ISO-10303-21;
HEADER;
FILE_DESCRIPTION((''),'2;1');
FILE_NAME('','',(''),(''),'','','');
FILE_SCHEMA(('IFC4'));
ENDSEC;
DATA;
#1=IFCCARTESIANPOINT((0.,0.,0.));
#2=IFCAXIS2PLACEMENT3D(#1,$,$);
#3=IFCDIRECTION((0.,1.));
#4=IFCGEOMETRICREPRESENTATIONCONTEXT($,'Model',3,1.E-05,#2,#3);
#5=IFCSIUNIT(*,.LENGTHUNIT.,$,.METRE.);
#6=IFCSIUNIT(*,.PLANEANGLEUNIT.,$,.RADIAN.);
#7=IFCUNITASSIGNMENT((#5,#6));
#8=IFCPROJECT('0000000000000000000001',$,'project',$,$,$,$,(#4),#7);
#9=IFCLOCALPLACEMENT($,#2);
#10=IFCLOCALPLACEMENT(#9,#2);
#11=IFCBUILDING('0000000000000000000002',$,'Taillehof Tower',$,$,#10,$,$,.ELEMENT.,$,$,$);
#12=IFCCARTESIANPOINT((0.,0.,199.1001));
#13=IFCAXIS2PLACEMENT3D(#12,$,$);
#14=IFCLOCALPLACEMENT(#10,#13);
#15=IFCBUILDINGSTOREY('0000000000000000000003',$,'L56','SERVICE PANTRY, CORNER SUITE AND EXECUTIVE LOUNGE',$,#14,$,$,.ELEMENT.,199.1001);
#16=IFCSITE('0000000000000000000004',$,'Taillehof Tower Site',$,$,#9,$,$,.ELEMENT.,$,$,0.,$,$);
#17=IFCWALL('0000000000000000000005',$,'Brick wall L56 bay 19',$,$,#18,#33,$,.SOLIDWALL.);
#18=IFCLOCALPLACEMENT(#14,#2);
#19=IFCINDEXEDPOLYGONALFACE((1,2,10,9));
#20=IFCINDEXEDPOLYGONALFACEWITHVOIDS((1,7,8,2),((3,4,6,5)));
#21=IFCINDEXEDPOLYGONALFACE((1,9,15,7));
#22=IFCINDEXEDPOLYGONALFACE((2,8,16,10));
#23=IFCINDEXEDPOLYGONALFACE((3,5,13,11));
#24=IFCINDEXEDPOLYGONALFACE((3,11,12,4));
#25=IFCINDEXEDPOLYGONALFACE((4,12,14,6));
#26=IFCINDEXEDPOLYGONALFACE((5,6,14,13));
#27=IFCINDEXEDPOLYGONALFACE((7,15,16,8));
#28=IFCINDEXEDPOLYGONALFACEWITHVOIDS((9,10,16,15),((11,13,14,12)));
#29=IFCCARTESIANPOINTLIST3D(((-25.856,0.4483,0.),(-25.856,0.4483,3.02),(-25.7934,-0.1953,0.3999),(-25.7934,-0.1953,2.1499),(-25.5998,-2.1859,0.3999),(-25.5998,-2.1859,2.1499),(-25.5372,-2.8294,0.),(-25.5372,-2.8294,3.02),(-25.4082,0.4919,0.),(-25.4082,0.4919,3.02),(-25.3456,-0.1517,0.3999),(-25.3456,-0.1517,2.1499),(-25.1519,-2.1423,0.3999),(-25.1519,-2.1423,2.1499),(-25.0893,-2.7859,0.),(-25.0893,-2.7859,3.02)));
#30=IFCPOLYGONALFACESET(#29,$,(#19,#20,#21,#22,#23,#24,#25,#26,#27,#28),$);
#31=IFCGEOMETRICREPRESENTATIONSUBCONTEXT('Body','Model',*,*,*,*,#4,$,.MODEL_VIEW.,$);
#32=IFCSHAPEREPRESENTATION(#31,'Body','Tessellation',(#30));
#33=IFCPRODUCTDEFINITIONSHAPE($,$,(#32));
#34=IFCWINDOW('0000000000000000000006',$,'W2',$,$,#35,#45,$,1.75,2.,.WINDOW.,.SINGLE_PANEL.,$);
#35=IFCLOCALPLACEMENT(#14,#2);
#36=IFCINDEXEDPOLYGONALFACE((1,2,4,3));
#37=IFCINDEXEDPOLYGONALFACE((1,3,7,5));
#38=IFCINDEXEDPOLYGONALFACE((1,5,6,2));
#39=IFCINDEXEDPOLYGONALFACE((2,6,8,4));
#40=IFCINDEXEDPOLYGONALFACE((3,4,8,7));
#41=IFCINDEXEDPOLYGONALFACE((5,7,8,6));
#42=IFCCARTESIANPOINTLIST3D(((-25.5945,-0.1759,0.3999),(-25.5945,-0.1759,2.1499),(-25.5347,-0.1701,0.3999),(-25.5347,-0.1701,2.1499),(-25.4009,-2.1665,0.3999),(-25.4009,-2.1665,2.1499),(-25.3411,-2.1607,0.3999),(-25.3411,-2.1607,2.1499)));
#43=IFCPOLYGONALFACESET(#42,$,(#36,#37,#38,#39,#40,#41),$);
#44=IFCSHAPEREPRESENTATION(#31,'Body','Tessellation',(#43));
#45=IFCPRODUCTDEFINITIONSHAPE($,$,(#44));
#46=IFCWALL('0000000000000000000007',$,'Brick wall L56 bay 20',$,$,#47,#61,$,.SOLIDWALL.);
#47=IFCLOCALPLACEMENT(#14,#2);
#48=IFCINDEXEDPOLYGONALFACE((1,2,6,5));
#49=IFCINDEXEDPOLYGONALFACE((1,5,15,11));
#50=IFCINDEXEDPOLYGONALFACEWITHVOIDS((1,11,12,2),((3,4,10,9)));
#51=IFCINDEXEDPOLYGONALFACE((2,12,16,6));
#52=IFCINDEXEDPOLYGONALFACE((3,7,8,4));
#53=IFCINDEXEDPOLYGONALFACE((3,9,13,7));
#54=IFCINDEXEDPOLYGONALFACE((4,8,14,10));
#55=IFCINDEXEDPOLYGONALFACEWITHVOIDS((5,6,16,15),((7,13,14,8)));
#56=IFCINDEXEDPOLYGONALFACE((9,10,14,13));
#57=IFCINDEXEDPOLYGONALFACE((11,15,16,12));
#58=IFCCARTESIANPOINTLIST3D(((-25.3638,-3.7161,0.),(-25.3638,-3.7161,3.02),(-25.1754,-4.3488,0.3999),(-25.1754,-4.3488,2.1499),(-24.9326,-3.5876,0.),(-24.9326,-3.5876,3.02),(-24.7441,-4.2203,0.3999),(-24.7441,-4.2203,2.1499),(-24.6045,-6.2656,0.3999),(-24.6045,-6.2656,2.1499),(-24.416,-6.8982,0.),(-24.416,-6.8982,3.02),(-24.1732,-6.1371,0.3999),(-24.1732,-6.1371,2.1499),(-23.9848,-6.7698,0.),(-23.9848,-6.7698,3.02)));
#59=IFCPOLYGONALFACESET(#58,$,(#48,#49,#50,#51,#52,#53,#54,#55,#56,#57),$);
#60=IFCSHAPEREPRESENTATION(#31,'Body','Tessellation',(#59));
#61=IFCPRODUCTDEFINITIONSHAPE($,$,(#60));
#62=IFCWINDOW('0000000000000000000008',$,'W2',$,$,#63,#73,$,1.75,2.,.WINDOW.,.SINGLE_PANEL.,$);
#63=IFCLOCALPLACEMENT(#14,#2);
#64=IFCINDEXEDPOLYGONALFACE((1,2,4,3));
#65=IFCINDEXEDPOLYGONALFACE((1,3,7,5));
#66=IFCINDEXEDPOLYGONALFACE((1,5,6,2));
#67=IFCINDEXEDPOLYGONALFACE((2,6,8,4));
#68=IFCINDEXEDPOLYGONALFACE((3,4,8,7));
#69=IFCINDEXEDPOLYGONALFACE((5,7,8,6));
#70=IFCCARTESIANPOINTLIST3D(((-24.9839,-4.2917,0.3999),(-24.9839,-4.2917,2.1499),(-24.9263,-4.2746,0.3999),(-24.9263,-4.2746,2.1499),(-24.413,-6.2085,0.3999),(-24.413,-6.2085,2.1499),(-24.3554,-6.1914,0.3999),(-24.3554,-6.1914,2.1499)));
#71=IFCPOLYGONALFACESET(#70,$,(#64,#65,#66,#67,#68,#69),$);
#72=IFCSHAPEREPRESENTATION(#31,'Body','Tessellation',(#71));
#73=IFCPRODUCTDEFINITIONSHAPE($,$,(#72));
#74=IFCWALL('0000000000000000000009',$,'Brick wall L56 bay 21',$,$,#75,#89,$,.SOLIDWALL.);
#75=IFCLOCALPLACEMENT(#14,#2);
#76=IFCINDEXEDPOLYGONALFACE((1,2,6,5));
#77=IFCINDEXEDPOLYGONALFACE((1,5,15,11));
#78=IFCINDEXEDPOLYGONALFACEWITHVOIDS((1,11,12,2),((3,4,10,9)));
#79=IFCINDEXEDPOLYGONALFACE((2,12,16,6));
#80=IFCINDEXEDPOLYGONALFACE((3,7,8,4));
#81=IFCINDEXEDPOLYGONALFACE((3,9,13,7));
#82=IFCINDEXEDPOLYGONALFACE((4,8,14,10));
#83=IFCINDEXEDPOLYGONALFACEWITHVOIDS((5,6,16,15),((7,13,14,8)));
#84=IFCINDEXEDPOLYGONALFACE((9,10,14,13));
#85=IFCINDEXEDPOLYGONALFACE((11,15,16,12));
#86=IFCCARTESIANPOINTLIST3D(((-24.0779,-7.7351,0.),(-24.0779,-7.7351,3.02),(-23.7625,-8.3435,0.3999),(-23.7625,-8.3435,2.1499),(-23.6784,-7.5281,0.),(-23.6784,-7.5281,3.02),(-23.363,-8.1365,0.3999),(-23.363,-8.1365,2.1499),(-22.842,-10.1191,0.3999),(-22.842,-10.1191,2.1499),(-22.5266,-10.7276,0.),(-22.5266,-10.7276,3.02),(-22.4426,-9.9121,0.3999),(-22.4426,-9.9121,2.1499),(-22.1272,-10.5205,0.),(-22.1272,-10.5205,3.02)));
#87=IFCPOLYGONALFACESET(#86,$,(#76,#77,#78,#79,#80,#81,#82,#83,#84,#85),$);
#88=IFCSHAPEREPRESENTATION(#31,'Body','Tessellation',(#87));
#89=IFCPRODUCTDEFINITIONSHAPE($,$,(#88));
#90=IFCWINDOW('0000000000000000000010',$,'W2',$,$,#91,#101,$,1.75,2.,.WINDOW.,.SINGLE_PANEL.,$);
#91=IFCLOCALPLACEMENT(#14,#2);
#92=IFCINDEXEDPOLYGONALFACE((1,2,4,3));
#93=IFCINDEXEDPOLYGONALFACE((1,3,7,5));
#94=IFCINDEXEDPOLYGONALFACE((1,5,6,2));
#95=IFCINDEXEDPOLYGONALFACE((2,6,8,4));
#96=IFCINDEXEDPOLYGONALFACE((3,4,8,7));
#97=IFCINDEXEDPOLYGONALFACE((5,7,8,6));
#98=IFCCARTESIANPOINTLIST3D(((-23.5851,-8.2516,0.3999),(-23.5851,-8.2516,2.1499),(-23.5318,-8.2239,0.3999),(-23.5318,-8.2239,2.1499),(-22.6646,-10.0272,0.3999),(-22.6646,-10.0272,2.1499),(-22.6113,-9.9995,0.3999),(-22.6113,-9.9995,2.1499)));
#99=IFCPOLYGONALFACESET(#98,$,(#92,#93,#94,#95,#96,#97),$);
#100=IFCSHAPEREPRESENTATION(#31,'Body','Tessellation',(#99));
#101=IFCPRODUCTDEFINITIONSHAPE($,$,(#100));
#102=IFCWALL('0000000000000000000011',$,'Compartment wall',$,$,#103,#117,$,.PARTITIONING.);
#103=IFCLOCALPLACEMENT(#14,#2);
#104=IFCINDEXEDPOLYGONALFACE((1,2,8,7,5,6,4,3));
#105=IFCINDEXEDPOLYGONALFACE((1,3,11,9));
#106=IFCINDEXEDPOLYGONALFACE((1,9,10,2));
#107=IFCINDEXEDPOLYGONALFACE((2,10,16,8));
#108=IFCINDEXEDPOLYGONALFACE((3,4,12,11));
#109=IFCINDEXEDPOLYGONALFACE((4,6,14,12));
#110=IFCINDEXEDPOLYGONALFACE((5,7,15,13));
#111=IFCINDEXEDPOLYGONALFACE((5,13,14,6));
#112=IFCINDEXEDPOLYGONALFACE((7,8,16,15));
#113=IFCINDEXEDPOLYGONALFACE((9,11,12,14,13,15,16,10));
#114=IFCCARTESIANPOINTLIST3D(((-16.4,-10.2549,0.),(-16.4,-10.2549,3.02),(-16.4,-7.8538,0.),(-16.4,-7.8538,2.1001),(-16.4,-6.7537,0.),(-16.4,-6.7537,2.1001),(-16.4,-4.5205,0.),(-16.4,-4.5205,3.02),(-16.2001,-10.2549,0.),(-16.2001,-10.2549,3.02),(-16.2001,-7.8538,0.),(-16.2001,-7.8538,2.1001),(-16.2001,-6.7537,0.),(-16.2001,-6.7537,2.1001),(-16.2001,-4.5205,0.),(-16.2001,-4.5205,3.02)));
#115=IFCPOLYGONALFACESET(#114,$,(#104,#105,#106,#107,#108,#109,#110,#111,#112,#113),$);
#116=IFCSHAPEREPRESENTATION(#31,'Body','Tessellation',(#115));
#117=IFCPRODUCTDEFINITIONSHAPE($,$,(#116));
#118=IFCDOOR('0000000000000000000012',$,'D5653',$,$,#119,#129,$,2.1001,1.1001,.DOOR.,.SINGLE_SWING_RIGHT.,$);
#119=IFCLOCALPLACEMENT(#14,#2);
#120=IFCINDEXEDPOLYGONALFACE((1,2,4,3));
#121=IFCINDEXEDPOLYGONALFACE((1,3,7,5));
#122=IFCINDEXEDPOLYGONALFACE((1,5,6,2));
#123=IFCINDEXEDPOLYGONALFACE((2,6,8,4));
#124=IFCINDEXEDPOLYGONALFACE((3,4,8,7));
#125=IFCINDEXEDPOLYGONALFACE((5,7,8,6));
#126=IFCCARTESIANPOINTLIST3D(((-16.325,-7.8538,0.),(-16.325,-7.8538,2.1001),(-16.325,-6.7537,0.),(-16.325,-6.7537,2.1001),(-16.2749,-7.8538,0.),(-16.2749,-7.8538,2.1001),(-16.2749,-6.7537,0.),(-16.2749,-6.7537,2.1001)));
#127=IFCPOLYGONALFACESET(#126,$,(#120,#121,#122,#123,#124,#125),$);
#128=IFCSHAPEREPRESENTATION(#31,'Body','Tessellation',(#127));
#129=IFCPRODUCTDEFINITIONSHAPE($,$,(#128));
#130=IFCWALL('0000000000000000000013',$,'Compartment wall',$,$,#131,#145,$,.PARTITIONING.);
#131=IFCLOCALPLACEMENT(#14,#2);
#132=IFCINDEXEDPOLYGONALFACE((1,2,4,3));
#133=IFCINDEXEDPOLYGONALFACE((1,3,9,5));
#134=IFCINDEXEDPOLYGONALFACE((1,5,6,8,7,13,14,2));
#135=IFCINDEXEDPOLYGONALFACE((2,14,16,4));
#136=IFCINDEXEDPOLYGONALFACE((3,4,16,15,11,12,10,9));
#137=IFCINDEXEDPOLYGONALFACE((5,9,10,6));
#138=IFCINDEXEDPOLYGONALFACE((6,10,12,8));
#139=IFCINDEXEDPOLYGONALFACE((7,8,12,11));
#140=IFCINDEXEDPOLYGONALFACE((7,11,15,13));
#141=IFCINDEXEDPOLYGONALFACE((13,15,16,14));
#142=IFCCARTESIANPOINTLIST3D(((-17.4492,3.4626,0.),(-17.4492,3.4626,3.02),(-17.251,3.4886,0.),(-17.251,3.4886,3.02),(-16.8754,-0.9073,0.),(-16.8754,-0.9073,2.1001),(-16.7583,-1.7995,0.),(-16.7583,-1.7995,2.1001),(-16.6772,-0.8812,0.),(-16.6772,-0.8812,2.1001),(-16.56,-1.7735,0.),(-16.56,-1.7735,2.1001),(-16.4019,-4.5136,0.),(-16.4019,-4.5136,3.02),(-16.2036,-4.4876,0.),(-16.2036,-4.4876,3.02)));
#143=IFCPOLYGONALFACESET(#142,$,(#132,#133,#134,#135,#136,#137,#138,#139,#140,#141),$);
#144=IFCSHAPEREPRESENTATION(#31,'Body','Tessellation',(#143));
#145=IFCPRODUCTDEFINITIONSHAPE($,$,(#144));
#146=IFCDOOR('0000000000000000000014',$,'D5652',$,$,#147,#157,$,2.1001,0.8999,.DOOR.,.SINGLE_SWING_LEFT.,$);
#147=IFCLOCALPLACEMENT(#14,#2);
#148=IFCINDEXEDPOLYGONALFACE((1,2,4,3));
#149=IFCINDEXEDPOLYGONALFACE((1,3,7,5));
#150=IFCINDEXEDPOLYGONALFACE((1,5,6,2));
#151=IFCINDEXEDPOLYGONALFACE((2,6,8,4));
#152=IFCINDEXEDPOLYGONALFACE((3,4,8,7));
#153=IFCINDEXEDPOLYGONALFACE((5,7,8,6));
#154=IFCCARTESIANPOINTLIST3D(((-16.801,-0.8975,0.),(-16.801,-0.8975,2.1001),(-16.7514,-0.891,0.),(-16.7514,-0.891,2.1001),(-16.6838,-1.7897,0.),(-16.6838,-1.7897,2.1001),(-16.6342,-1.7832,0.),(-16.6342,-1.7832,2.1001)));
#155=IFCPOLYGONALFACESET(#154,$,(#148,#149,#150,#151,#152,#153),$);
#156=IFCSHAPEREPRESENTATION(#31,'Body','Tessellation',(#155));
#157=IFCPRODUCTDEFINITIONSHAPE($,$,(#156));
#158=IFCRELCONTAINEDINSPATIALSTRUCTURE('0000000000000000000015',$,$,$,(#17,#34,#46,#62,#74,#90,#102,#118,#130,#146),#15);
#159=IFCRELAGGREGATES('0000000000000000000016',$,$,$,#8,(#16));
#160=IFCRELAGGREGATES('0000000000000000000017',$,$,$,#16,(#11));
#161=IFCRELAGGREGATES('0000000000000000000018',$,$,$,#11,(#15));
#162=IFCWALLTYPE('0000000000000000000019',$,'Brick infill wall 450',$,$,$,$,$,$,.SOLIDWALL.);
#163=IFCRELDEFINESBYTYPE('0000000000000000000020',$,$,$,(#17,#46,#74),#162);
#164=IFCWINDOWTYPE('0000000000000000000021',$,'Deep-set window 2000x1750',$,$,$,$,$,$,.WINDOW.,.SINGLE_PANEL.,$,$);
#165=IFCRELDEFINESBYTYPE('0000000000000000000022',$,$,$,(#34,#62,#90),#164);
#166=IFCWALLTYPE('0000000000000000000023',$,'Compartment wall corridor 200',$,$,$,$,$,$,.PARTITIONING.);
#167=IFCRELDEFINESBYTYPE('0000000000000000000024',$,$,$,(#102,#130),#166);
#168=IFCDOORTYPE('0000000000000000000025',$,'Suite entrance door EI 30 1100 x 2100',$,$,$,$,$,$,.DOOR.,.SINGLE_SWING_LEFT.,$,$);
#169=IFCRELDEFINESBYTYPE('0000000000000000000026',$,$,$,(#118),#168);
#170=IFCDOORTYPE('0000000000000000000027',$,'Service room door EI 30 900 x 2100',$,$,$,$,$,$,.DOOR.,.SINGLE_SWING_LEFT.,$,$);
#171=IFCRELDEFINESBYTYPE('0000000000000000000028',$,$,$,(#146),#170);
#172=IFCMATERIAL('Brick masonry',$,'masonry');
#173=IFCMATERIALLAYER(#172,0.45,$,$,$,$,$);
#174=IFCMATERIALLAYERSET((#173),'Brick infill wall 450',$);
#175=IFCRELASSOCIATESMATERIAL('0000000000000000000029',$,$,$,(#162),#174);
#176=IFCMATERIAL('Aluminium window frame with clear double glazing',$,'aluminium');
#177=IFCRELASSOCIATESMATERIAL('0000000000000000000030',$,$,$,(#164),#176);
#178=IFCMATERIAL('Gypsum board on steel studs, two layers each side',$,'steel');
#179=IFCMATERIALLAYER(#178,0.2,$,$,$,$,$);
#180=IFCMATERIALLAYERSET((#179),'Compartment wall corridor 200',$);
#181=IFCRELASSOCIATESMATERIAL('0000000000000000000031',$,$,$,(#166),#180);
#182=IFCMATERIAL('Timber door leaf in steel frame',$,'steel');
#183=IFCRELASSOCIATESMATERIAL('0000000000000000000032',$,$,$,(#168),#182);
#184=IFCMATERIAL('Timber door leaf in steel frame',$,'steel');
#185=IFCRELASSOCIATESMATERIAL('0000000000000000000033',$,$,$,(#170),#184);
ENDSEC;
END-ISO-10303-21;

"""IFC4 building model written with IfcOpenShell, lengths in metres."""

from ifc_helpers import new_model, si_unit, direction, frame, frame_2d, origin, place, context, subcontext, project, spatial, rectangle, extrude, material, layer, layer_set, type_object, element, fill, save


model = new_model("IFC4")

# Units and contexts
model_context = context("Model", 3, precision=1e-05, world=origin(), true_north=direction((0.0, 1.0)))
body_context = subcontext(model_context, "Body", "Model", "MODEL_VIEW")
ifc_project = project(units=[si_unit("LENGTHUNIT", "METRE"), si_unit("PLANEANGLEUNIT", "RADIAN")], contexts=[model_context])

# Site, building, storey
site_placement = place(None, origin())
site = spatial("IfcSite", under=ifc_project, at=site_placement, Name="Taillehof Tower Site", CompositionType="ELEMENT", RefElevation=0.0)
building_placement = place(site_placement, origin())
building = spatial("IfcBuilding", under=site, at=building_placement, Name="Taillehof Tower", CompositionType="ELEMENT")
storey_placement = place(building_placement, frame((0.0, 0.0, 199.1001)))
storey = spatial("IfcBuildingStorey", under=building, at=storey_placement, Name="L56", Description="SERVICE PANTRY, CORNER SUITE AND EXECUTIVE LOUNGE", CompositionType="ELEMENT", Elevation=199.1001)

# Walls, openings, windows
ifc_material_1 = material(Name="Brick masonry", Category="masonry")
ifc_layer_1 = layer(ifc_material_1, 0.45)
ifc_layer_set_1 = layer_set([ifc_layer_1], Name="Brick infill wall 450")
wall_type_1 = type_object("IfcWallType", Name="Brick infill wall 450", PredefinedType="SOLIDWALL", material=ifc_layer_set_1)
wall_1_placement = place(storey_placement, frame((-25.6321, 0.47, 0.0), z_axis=(0.0, 0.0, 1.0), x_axis=(0.096817, -0.995302, 0.0)))
wall_1 = element("IfcWall", 1, at=wall_1_placement, inside=storey, type_object=wall_type_1, Name="Brick wall L56 bay 19", PredefinedType="SOLIDWALL", context=body_context, shape_type="SweptSolid", body=[
    extrude(rectangle(XDim=3.2932, YDim=0.45, at=frame_2d((1.6465, 0.0))), origin(), (0.0, 0.0, 1.0), 3.02),
])
opening_1_placement = place(wall_1_placement, frame((0.6465, 0.0, 0.3999)))
opening_1 = element("IfcOpeningElement", 2, at=opening_1_placement, cuts=wall_1, PredefinedType="OPENING", context=body_context, shape_type="SweptSolid", body=[
    extrude(rectangle(XDim=2.0, YDim=1.75, at=frame_2d((1.0, 0.875))), frame((0.0, 0.2349, 0.0), z_axis=(0.0, -1.0, 0.0), x_axis=(1.0, 0.0, 0.0)), (0.0, 0.0, 1.0), 0.47),
])
ifc_material_2 = material(Name="Aluminium window frame with clear double glazing", Category="aluminium")
window_type = type_object("IfcWindowType", Name="Deep-set window 2000x1750", PartitioningType="SINGLE_PANEL", PredefinedType="WINDOW", material=ifc_material_2)
window_1_placement = place(opening_1_placement, origin())
window_1 = element("IfcWindow", 3, at=window_1_placement, inside=storey, type_object=window_type, Name="W2", OverallHeight=1.75, OverallWidth=2.0, PartitioningType="SINGLE_PANEL", PredefinedType="WINDOW", context=body_context, shape_type="SweptSolid", body=[
    extrude(rectangle(XDim=2.0, YDim=1.75, at=frame_2d((1.0, 0.875))), frame((0.0, 0.0349, 0.0), z_axis=(0.0, -1.0, 0.0), x_axis=(1.0, 0.0, 0.0)), (0.0, 0.0, 1.0), 0.0601),
])
fill(opening_1, window_1)
wall_2_placement = place(storey_placement, frame((-25.1482, -3.6519, 0.0), z_axis=(0.0, 0.0, 1.0), x_axis=(0.285445, -0.958395, 0.0)))
wall_2 = element("IfcWall", 4, at=wall_2_placement, inside=storey, type_object=wall_type_1, Name="Brick wall L56 bay 20", PredefinedType="SOLIDWALL", context=body_context, shape_type="SweptSolid", body=[
    extrude(rectangle(XDim=3.3203, YDim=0.45, at=frame_2d((1.6602, 0.0))), origin(), (0.0, 0.0, 1.0), 3.02),
])
opening_2_placement = place(wall_2_placement, frame((0.6602, 0.0, 0.3999)))
opening_2 = element("IfcOpeningElement", 5, at=opening_2_placement, cuts=wall_2, PredefinedType="OPENING", context=body_context, shape_type="SweptSolid", body=[
    extrude(rectangle(XDim=2.0, YDim=1.75, at=frame_2d((1.0, 0.875))), frame((0.0, 0.2349, 0.0), z_axis=(0.0, -1.0, 0.0), x_axis=(1.0, 0.0, 0.0)), (0.0, 0.0, 1.0), 0.47),
])
window_2_placement = place(opening_2_placement, origin())
window_2 = element("IfcWindow", 6, at=window_2_placement, inside=storey, type_object=window_type, Name="W2", OverallHeight=1.75, OverallWidth=2.0, PartitioningType="SINGLE_PANEL", PredefinedType="WINDOW", context=body_context, shape_type="SweptSolid", body=[
    extrude(rectangle(XDim=2.0, YDim=1.75, at=frame_2d((1.0, 0.875))), frame((0.0, 0.0349, 0.0), z_axis=(0.0, -1.0, 0.0), x_axis=(1.0, 0.0, 0.0)), (0.0, 0.0, 1.0), 0.0601),
])
fill(opening_2, window_2)
wall_3_placement = place(storey_placement, frame((-23.8782, -7.6316, 0.0), z_axis=(0.0, 0.0, 1.0), x_axis=(0.460233, -0.887798, 0.0)))
wall_3 = element("IfcWall", 7, at=wall_3_placement, inside=storey, type_object=wall_type_1, Name="Brick wall L56 bay 21", PredefinedType="SOLIDWALL", context=body_context, shape_type="SweptSolid", body=[
    extrude(rectangle(XDim=3.3706, YDim=0.45, at=frame_2d((1.6853, 0.0))), origin(), (0.0, 0.0, 1.0), 3.02),
])
opening_3_placement = place(wall_3_placement, frame((0.6853, 0.0, 0.3999)))
opening_3 = element("IfcOpeningElement", 8, at=opening_3_placement, cuts=wall_3, PredefinedType="OPENING", context=body_context, shape_type="SweptSolid", body=[
    extrude(rectangle(XDim=2.0, YDim=1.75, at=frame_2d((1.0, 0.875))), frame((0.0, 0.2349, 0.0), z_axis=(0.0, -1.0, 0.0), x_axis=(1.0, 0.0, 0.0)), (0.0, 0.0, 1.0), 0.47),
])
window_3_placement = place(opening_3_placement, origin())
window_3 = element("IfcWindow", 9, at=window_3_placement, inside=storey, type_object=window_type, Name="W2", OverallHeight=1.75, OverallWidth=2.0, PartitioningType="SINGLE_PANEL", PredefinedType="WINDOW", context=body_context, shape_type="SweptSolid", body=[
    extrude(rectangle(XDim=2.0, YDim=1.75, at=frame_2d((1.0, 0.875))), frame((0.0, 0.0349, 0.0), z_axis=(0.0, -1.0, 0.0), x_axis=(1.0, 0.0, 0.0)), (0.0, 0.0, 1.0), 0.0601),
])
fill(opening_3, window_3)

# Walls, openings, doors
ifc_material_3 = material(Name="Gypsum board on steel studs, two layers each side", Category="steel")
ifc_layer_2 = layer(ifc_material_3, 0.2)
ifc_layer_set_2 = layer_set([ifc_layer_2], Name="Compartment wall corridor 200")
wall_type_2 = type_object("IfcWallType", Name="Compartment wall corridor 200", PredefinedType="PARTITIONING", material=ifc_layer_set_2)
wall_4_placement = place(storey_placement, frame((-16.3, -10.2549, 0.0), z_axis=(0.0, 0.0, 1.0), x_axis=(0.0, 1.0, 0.0)))
wall_4 = element("IfcWall", 10, at=wall_4_placement, inside=storey, type_object=wall_type_2, Name="Compartment wall", PredefinedType="PARTITIONING", context=body_context, shape_type="SweptSolid", body=[
    extrude(rectangle(XDim=5.7344, YDim=0.2, at=frame_2d((2.8672, 0.0))), origin(), (0.0, 0.0, 1.0), 3.02),
])
opening_4_placement = place(wall_4_placement, frame((2.4011, 0.0, 0.0)))
opening_4 = element("IfcOpeningElement", 11, at=opening_4_placement, cuts=wall_4, PredefinedType="OPENING", context=body_context, shape_type="SweptSolid", body=[
    extrude(rectangle(XDim=1.1001, YDim=2.1001, at=frame_2d((0.55, 1.05))), frame((0.0, 0.1099, 0.0), z_axis=(0.0, -1.0, 0.0), x_axis=(1.0, 0.0, 0.0)), (0.0, 0.0, 1.0), 0.22),
])
ifc_material_4 = material(Name="Timber door leaf in steel frame", Category="steel")
door_type_1 = type_object("IfcDoorType", Name="Suite entrance door EI 30 1100 x 2100", OperationType="SINGLE_SWING_LEFT", PredefinedType="DOOR", material=ifc_material_4)
door_1_placement = place(opening_4_placement, origin())
door_1 = element("IfcDoor", 12, at=door_1_placement, inside=storey, type_object=door_type_1, Name="D5653", OperationType="SINGLE_SWING_RIGHT", OverallHeight=2.1001, OverallWidth=1.1001, PredefinedType="DOOR", context=body_context, shape_type="SweptSolid", body=[
    extrude(rectangle(XDim=1.1001, YDim=2.1001, at=frame_2d((0.55, 1.05))), frame((0.0, 0.0249, 0.0), z_axis=(0.0, -1.0, 0.0), x_axis=(1.0, 0.0, 0.0)), (0.0, 0.0, 1.0), 0.05),
])
fill(opening_4, door_1)
wall_5_placement = place(storey_placement, frame((-16.3027, -4.5007, 0.0), z_axis=(0.0, 0.0, 1.0), x_axis=(-0.130192, 0.991489, 0.0)))
wall_5 = element("IfcWall", 13, at=wall_5_placement, inside=storey, type_object=wall_type_2, Name="Compartment wall", PredefinedType="PARTITIONING", context=body_context, shape_type="SweptSolid", body=[
    extrude(rectangle(XDim=8.0447, YDim=0.2, at=frame_2d((4.0225, 0.0))), origin(), (0.0, 0.0, 1.0), 3.02),
])
opening_5_placement = place(wall_5_placement, frame((2.7375, 0.0, 0.0)))
opening_5 = element("IfcOpeningElement", 14, at=opening_5_placement, cuts=wall_5, PredefinedType="OPENING", context=body_context, shape_type="SweptSolid", body=[
    extrude(rectangle(XDim=0.8999, YDim=2.1001, at=frame_2d((0.45, 1.05))), frame((0.0, 0.1099, 0.0), z_axis=(0.0, -1.0, 0.0), x_axis=(1.0, 0.0, 0.0)), (0.0, 0.0, 1.0), 0.22),
])
ifc_material_5 = material(Name="Timber door leaf in steel frame", Category="steel")
door_type_2 = type_object("IfcDoorType", Name="Service room door EI 30 900 x 2100", OperationType="SINGLE_SWING_LEFT", PredefinedType="DOOR", material=ifc_material_5)
door_2_placement = place(opening_5_placement, origin())
door_2 = element("IfcDoor", 15, at=door_2_placement, inside=storey, type_object=door_type_2, Name="D5652", OperationType="SINGLE_SWING_LEFT", OverallHeight=2.1001, OverallWidth=0.8999, PredefinedType="DOOR", context=body_context, shape_type="SweptSolid", body=[
    extrude(rectangle(XDim=0.8999, YDim=2.1001, at=frame_2d((0.45, 1.05))), frame((0.0, 0.0249, 0.0), z_axis=(0.0, -1.0, 0.0), x_axis=(1.0, 0.0, 0.0)), (0.0, 0.0, 1.0), 0.05),
])
fill(opening_5, door_2)

save(model, "model.ifc")
